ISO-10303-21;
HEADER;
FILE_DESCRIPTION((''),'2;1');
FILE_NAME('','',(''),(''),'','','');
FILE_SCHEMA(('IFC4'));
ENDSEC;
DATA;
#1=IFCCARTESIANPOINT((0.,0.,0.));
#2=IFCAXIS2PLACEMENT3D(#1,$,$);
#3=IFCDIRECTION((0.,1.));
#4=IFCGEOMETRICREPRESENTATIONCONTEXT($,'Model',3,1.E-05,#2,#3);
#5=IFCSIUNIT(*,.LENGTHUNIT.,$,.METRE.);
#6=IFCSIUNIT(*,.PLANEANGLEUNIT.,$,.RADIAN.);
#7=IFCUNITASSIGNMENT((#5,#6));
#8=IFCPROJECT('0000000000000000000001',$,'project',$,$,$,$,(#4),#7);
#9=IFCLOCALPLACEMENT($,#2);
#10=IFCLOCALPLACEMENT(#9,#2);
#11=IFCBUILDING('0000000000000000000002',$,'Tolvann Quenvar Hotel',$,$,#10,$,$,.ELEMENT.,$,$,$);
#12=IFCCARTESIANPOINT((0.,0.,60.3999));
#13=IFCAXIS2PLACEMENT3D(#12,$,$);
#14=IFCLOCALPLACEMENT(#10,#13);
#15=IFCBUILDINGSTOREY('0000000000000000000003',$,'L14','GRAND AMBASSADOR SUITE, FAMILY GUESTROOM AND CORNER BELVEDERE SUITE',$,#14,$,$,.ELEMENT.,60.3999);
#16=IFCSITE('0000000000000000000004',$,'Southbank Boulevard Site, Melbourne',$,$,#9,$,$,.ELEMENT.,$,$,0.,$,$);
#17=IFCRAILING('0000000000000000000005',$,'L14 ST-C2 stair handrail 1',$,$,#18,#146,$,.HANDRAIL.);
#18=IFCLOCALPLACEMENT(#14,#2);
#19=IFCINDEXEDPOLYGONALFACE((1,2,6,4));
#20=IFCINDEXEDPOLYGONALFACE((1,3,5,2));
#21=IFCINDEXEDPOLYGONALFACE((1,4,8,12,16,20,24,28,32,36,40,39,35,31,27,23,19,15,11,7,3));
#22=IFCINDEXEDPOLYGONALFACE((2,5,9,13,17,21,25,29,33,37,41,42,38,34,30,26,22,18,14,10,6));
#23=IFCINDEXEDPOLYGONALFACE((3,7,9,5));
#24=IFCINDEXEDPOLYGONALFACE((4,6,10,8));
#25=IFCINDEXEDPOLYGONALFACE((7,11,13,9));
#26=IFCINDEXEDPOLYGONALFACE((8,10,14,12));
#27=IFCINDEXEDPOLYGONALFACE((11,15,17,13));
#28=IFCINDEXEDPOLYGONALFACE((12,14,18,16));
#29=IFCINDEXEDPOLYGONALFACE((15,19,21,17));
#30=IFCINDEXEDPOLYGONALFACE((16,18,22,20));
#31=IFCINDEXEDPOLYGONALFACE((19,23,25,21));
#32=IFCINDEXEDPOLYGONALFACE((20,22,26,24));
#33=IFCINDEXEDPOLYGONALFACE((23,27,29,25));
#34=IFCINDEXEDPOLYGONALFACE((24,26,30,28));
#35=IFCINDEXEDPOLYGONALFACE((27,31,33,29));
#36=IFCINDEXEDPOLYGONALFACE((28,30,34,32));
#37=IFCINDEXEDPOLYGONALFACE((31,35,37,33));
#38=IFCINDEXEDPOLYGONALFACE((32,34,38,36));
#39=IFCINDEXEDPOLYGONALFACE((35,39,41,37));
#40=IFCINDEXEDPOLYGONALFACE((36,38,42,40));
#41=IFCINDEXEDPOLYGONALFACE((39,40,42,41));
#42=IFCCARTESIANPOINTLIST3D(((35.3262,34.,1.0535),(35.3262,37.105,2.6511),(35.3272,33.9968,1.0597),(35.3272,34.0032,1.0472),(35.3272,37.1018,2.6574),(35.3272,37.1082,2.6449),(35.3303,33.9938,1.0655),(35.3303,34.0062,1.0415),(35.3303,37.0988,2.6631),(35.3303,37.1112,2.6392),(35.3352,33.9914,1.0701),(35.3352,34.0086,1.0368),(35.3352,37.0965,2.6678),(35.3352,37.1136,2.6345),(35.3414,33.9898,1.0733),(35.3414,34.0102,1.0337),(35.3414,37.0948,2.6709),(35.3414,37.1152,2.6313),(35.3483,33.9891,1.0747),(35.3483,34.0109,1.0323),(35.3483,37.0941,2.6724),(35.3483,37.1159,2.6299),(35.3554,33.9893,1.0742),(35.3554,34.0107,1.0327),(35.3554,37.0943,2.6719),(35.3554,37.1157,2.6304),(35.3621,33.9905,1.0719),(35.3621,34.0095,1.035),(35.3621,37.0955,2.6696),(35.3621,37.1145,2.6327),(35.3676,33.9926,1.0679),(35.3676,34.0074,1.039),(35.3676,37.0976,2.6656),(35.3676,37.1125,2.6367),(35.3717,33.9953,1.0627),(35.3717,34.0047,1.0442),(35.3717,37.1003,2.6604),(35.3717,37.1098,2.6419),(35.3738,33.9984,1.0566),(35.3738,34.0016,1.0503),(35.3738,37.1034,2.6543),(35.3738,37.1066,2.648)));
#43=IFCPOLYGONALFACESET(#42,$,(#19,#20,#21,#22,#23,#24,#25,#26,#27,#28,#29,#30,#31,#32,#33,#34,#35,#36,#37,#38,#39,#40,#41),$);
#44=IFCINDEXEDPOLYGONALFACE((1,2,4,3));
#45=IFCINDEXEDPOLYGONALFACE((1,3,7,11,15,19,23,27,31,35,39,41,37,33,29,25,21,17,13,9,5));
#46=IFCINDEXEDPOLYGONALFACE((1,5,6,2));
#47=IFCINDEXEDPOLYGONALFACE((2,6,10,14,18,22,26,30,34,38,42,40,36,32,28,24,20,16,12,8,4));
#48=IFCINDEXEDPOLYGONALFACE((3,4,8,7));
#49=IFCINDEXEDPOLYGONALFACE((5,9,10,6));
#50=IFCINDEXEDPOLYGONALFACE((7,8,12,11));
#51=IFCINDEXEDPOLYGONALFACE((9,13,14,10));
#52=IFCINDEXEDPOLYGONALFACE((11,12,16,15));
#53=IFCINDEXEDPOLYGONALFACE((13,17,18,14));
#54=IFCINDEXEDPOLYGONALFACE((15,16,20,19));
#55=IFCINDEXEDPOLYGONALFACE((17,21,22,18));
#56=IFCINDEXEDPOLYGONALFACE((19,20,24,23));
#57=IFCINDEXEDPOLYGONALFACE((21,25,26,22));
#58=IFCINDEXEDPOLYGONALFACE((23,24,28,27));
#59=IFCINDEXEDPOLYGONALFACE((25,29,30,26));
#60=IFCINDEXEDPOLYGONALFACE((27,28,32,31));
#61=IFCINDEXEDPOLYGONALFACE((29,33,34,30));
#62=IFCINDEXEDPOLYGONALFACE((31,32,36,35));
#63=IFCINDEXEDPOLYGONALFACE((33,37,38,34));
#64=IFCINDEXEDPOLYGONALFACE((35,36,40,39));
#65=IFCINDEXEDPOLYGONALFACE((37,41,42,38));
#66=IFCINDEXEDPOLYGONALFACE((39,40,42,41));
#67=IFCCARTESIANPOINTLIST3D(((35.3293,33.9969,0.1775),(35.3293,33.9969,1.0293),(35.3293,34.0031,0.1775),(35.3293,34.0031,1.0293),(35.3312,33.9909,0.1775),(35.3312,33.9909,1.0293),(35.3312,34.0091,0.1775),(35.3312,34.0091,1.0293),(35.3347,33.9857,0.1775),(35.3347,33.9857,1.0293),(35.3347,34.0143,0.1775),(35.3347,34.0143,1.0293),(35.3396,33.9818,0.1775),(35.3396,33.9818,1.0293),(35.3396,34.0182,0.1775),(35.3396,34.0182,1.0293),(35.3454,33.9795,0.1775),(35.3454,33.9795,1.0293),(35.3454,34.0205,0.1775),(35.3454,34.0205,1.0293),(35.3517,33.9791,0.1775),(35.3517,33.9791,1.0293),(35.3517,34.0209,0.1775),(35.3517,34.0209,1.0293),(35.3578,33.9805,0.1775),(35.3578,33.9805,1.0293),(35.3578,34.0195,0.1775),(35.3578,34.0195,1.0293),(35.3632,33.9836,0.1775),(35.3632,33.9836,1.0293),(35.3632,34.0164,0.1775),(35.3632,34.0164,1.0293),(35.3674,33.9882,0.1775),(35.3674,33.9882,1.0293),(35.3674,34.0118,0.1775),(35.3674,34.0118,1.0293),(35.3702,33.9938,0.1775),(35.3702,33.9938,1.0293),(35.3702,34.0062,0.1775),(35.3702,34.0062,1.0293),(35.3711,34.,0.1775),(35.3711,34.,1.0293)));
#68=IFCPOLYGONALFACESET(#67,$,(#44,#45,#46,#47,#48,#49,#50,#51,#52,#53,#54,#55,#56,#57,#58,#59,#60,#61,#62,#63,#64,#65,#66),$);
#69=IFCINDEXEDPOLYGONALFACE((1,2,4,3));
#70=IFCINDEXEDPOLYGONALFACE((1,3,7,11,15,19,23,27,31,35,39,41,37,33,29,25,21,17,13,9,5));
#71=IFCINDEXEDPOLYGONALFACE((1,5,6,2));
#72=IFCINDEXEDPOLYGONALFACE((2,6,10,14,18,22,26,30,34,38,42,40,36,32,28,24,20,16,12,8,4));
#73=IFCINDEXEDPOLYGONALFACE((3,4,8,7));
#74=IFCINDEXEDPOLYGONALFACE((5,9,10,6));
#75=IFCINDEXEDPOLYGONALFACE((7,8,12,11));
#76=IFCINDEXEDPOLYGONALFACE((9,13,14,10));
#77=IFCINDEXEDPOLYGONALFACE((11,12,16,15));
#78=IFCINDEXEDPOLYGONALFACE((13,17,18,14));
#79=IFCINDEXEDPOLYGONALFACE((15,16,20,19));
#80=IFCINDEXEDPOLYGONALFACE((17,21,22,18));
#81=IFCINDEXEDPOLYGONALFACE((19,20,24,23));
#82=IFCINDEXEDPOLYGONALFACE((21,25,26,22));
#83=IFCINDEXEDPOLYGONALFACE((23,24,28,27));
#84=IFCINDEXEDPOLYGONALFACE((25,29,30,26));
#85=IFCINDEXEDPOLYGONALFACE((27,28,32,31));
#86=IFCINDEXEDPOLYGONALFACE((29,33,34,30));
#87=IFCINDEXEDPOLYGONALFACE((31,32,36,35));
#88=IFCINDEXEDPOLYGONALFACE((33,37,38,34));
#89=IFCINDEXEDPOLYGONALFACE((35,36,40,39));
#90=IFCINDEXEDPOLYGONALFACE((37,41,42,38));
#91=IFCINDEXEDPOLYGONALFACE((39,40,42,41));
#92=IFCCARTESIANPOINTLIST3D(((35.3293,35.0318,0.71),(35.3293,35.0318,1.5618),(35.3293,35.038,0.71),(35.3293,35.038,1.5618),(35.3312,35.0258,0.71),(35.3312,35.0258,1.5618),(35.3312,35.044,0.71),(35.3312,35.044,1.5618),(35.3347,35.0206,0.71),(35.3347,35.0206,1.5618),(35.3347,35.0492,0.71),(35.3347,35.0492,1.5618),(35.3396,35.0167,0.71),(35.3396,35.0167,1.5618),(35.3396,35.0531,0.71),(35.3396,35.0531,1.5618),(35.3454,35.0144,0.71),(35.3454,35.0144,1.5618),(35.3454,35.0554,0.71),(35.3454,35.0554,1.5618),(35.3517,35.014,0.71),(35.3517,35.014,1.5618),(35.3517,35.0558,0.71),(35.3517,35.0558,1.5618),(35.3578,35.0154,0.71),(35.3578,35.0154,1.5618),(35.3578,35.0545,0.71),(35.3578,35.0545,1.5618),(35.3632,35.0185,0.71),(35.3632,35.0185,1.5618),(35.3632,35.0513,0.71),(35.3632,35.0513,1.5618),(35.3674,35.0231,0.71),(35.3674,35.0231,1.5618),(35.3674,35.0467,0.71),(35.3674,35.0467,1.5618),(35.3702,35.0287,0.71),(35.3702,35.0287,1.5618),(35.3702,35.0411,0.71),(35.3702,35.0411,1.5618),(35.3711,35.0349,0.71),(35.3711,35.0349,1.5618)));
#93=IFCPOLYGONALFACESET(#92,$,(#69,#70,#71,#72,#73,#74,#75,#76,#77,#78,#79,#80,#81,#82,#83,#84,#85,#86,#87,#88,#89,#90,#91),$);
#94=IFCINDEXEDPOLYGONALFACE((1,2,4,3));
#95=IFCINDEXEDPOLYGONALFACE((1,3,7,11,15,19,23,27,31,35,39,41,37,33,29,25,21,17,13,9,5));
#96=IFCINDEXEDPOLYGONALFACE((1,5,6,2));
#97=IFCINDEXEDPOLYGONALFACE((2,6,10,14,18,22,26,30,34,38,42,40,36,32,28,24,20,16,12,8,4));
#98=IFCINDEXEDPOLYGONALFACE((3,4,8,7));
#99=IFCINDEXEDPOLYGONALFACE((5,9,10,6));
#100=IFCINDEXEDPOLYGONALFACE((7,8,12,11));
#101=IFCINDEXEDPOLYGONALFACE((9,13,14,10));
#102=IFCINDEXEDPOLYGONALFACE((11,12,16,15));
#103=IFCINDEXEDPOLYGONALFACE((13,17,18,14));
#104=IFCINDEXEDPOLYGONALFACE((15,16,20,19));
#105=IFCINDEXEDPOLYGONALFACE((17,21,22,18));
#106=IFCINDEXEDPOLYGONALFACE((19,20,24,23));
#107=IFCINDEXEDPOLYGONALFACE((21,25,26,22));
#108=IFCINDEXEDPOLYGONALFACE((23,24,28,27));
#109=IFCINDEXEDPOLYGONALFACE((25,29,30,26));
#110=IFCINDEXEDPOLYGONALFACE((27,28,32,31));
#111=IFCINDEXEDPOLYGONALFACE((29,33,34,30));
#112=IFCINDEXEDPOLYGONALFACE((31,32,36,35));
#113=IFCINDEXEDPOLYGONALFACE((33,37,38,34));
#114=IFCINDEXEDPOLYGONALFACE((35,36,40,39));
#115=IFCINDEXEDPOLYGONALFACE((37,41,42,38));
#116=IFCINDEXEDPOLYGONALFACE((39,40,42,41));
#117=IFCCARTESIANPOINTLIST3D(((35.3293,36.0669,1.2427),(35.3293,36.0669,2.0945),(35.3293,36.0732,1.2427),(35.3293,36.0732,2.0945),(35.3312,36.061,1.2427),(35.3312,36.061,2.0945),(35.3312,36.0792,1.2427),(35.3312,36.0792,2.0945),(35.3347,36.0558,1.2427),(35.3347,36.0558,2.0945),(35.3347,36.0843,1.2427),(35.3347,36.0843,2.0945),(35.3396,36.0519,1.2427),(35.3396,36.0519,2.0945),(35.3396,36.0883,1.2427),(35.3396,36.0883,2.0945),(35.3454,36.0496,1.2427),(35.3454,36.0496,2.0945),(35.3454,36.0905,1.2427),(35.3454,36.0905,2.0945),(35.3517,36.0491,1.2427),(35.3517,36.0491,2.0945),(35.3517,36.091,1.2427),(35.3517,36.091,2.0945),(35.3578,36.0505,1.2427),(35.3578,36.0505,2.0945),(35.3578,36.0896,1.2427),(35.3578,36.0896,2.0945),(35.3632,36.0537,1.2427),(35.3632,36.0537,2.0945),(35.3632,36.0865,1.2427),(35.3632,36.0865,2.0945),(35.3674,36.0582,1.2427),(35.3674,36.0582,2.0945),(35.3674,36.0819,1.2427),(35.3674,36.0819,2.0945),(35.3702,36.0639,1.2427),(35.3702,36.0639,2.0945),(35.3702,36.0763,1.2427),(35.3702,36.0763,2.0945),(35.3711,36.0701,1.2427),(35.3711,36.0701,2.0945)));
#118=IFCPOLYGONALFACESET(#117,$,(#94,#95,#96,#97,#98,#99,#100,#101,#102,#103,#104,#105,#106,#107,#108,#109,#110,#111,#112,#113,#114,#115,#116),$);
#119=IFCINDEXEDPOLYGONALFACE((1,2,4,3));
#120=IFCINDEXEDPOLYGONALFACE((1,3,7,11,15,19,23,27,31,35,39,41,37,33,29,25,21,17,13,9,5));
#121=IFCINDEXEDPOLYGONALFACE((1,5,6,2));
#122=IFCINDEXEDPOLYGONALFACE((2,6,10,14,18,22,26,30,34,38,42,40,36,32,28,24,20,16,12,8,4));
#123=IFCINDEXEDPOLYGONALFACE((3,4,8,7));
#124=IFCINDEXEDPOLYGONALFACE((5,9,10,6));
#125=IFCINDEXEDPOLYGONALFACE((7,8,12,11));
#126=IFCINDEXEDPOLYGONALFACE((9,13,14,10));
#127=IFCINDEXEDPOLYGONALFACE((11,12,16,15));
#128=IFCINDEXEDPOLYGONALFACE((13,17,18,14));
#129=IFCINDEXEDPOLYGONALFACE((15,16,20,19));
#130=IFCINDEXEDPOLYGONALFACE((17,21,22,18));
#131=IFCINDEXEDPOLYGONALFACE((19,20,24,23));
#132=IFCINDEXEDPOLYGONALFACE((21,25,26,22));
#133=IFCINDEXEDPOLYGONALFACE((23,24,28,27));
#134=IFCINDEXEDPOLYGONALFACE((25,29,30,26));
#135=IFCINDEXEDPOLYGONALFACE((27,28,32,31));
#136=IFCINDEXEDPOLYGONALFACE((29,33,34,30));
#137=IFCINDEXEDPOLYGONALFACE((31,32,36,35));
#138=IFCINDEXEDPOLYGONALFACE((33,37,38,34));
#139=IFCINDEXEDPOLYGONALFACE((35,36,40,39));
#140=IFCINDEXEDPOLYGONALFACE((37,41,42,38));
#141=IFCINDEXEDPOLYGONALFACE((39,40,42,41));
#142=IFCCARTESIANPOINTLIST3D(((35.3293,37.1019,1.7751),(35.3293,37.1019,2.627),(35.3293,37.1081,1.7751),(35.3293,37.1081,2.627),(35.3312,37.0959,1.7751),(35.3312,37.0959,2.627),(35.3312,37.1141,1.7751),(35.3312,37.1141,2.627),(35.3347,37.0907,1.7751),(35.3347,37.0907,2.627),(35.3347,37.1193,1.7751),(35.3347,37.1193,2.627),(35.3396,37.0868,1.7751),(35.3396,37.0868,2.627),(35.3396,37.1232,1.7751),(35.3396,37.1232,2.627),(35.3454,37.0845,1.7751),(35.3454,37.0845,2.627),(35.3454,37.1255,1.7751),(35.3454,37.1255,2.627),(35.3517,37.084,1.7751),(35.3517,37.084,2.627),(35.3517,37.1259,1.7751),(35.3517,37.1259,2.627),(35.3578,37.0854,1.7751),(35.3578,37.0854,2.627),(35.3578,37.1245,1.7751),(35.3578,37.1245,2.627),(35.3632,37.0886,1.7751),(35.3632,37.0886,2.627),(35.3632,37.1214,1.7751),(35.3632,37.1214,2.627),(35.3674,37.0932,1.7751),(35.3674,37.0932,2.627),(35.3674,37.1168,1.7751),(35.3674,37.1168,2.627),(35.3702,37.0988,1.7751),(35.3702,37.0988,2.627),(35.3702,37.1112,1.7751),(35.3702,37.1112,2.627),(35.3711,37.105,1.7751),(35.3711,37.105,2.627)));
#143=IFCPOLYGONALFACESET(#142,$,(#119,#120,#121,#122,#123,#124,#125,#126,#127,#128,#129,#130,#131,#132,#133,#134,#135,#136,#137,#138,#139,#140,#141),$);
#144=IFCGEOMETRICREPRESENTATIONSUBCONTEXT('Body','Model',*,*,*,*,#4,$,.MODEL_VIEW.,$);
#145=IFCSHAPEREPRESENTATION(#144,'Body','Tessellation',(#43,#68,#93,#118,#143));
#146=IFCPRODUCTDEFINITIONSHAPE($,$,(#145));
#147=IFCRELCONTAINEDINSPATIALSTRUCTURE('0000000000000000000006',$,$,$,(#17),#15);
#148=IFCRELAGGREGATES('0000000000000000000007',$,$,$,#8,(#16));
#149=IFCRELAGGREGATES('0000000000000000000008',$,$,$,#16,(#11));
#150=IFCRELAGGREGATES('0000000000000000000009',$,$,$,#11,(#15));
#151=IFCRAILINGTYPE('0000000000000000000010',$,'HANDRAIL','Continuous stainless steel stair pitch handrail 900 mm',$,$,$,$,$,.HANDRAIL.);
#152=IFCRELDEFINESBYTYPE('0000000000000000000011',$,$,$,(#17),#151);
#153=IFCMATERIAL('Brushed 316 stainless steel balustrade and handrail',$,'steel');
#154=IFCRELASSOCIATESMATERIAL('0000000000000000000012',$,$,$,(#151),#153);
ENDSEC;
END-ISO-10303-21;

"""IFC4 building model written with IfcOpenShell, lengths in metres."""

from ifc_helpers import new_model, si_unit, direction, frame, origin, origin_2d, place, context, subcontext, project, spatial, circle, extrude, material, type_object, element, save


model = new_model("IFC4")

# Units and contexts
model_context = context("Model", 3, precision=1e-05, world=origin(), true_north=direction((0.0, 1.0)))
body_context = subcontext(model_context, "Body", "Model", "MODEL_VIEW")
ifc_project = project(units=[si_unit("LENGTHUNIT", "METRE"), si_unit("PLANEANGLEUNIT", "RADIAN")], contexts=[model_context])

# Site, building, storey
site_placement = place(None, origin())
site = spatial("IfcSite", under=ifc_project, at=site_placement, Name="Southbank Boulevard Site, Melbourne", CompositionType="ELEMENT", RefElevation=0.0)
building_placement = place(site_placement, origin())
building = spatial("IfcBuilding", under=site, at=building_placement, Name="Tolvann Quenvar Hotel", CompositionType="ELEMENT")
storey_placement = place(building_placement, frame((0.0, 0.0, 60.3999)))
storey = spatial("IfcBuildingStorey", under=building, at=storey_placement, Name="L14", Description="GRAND AMBASSADOR SUITE, FAMILY GUESTROOM AND CORNER BELVEDERE SUITE", CompositionType="ELEMENT", Elevation=60.3999)

# Railing
ifc_material_1 = material(Name="Brushed 316 stainless steel balustrade and handrail", Category="steel")
railing_type_1 = type_object("IfcRailingType", Name="HANDRAIL", Description="Continuous stainless steel stair pitch handrail 900 mm", PredefinedType="HANDRAIL", material=ifc_material_1)
railing_1_placement = place(storey_placement, frame((35.3501, 34.0, 0.1775)))
element("IfcRailing", 1, at=railing_1_placement, inside=storey, type_object=railing_type_1, Name="L14 ST-C2 stair handrail 1", PredefinedType="HANDRAIL", context=body_context, shape_type="SweptSolid", body=[
    extrude(circle(Radius=0.0239, at=origin_2d()), frame((0.0, 0.0, 0.876), z_axis=(0.0, 0.889194, 0.457531), x_axis=(-1.0, 0.0, 0.0)), (0.0, 0.0, 1.0), 3.4919),
    extrude(circle(Radius=0.021, at=origin_2d()), origin(), (0.0, 0.0, 1.0), 0.8518),
    extrude(circle(Radius=0.021, at=origin_2d()), frame((0.0, 1.0349, 0.5325)), (0.0, 0.0, 1.0), 0.8518),
    extrude(circle(Radius=0.021, at=origin_2d()), frame((0.0, 2.0701, 1.0652)), (0.0, 0.0, 1.0), 0.8518),
    extrude(circle(Radius=0.021, at=origin_2d()), frame((0.0, 3.105, 1.5977)), (0.0, 0.0, 1.0), 0.8518),
])

save(model, "model.ifc")
